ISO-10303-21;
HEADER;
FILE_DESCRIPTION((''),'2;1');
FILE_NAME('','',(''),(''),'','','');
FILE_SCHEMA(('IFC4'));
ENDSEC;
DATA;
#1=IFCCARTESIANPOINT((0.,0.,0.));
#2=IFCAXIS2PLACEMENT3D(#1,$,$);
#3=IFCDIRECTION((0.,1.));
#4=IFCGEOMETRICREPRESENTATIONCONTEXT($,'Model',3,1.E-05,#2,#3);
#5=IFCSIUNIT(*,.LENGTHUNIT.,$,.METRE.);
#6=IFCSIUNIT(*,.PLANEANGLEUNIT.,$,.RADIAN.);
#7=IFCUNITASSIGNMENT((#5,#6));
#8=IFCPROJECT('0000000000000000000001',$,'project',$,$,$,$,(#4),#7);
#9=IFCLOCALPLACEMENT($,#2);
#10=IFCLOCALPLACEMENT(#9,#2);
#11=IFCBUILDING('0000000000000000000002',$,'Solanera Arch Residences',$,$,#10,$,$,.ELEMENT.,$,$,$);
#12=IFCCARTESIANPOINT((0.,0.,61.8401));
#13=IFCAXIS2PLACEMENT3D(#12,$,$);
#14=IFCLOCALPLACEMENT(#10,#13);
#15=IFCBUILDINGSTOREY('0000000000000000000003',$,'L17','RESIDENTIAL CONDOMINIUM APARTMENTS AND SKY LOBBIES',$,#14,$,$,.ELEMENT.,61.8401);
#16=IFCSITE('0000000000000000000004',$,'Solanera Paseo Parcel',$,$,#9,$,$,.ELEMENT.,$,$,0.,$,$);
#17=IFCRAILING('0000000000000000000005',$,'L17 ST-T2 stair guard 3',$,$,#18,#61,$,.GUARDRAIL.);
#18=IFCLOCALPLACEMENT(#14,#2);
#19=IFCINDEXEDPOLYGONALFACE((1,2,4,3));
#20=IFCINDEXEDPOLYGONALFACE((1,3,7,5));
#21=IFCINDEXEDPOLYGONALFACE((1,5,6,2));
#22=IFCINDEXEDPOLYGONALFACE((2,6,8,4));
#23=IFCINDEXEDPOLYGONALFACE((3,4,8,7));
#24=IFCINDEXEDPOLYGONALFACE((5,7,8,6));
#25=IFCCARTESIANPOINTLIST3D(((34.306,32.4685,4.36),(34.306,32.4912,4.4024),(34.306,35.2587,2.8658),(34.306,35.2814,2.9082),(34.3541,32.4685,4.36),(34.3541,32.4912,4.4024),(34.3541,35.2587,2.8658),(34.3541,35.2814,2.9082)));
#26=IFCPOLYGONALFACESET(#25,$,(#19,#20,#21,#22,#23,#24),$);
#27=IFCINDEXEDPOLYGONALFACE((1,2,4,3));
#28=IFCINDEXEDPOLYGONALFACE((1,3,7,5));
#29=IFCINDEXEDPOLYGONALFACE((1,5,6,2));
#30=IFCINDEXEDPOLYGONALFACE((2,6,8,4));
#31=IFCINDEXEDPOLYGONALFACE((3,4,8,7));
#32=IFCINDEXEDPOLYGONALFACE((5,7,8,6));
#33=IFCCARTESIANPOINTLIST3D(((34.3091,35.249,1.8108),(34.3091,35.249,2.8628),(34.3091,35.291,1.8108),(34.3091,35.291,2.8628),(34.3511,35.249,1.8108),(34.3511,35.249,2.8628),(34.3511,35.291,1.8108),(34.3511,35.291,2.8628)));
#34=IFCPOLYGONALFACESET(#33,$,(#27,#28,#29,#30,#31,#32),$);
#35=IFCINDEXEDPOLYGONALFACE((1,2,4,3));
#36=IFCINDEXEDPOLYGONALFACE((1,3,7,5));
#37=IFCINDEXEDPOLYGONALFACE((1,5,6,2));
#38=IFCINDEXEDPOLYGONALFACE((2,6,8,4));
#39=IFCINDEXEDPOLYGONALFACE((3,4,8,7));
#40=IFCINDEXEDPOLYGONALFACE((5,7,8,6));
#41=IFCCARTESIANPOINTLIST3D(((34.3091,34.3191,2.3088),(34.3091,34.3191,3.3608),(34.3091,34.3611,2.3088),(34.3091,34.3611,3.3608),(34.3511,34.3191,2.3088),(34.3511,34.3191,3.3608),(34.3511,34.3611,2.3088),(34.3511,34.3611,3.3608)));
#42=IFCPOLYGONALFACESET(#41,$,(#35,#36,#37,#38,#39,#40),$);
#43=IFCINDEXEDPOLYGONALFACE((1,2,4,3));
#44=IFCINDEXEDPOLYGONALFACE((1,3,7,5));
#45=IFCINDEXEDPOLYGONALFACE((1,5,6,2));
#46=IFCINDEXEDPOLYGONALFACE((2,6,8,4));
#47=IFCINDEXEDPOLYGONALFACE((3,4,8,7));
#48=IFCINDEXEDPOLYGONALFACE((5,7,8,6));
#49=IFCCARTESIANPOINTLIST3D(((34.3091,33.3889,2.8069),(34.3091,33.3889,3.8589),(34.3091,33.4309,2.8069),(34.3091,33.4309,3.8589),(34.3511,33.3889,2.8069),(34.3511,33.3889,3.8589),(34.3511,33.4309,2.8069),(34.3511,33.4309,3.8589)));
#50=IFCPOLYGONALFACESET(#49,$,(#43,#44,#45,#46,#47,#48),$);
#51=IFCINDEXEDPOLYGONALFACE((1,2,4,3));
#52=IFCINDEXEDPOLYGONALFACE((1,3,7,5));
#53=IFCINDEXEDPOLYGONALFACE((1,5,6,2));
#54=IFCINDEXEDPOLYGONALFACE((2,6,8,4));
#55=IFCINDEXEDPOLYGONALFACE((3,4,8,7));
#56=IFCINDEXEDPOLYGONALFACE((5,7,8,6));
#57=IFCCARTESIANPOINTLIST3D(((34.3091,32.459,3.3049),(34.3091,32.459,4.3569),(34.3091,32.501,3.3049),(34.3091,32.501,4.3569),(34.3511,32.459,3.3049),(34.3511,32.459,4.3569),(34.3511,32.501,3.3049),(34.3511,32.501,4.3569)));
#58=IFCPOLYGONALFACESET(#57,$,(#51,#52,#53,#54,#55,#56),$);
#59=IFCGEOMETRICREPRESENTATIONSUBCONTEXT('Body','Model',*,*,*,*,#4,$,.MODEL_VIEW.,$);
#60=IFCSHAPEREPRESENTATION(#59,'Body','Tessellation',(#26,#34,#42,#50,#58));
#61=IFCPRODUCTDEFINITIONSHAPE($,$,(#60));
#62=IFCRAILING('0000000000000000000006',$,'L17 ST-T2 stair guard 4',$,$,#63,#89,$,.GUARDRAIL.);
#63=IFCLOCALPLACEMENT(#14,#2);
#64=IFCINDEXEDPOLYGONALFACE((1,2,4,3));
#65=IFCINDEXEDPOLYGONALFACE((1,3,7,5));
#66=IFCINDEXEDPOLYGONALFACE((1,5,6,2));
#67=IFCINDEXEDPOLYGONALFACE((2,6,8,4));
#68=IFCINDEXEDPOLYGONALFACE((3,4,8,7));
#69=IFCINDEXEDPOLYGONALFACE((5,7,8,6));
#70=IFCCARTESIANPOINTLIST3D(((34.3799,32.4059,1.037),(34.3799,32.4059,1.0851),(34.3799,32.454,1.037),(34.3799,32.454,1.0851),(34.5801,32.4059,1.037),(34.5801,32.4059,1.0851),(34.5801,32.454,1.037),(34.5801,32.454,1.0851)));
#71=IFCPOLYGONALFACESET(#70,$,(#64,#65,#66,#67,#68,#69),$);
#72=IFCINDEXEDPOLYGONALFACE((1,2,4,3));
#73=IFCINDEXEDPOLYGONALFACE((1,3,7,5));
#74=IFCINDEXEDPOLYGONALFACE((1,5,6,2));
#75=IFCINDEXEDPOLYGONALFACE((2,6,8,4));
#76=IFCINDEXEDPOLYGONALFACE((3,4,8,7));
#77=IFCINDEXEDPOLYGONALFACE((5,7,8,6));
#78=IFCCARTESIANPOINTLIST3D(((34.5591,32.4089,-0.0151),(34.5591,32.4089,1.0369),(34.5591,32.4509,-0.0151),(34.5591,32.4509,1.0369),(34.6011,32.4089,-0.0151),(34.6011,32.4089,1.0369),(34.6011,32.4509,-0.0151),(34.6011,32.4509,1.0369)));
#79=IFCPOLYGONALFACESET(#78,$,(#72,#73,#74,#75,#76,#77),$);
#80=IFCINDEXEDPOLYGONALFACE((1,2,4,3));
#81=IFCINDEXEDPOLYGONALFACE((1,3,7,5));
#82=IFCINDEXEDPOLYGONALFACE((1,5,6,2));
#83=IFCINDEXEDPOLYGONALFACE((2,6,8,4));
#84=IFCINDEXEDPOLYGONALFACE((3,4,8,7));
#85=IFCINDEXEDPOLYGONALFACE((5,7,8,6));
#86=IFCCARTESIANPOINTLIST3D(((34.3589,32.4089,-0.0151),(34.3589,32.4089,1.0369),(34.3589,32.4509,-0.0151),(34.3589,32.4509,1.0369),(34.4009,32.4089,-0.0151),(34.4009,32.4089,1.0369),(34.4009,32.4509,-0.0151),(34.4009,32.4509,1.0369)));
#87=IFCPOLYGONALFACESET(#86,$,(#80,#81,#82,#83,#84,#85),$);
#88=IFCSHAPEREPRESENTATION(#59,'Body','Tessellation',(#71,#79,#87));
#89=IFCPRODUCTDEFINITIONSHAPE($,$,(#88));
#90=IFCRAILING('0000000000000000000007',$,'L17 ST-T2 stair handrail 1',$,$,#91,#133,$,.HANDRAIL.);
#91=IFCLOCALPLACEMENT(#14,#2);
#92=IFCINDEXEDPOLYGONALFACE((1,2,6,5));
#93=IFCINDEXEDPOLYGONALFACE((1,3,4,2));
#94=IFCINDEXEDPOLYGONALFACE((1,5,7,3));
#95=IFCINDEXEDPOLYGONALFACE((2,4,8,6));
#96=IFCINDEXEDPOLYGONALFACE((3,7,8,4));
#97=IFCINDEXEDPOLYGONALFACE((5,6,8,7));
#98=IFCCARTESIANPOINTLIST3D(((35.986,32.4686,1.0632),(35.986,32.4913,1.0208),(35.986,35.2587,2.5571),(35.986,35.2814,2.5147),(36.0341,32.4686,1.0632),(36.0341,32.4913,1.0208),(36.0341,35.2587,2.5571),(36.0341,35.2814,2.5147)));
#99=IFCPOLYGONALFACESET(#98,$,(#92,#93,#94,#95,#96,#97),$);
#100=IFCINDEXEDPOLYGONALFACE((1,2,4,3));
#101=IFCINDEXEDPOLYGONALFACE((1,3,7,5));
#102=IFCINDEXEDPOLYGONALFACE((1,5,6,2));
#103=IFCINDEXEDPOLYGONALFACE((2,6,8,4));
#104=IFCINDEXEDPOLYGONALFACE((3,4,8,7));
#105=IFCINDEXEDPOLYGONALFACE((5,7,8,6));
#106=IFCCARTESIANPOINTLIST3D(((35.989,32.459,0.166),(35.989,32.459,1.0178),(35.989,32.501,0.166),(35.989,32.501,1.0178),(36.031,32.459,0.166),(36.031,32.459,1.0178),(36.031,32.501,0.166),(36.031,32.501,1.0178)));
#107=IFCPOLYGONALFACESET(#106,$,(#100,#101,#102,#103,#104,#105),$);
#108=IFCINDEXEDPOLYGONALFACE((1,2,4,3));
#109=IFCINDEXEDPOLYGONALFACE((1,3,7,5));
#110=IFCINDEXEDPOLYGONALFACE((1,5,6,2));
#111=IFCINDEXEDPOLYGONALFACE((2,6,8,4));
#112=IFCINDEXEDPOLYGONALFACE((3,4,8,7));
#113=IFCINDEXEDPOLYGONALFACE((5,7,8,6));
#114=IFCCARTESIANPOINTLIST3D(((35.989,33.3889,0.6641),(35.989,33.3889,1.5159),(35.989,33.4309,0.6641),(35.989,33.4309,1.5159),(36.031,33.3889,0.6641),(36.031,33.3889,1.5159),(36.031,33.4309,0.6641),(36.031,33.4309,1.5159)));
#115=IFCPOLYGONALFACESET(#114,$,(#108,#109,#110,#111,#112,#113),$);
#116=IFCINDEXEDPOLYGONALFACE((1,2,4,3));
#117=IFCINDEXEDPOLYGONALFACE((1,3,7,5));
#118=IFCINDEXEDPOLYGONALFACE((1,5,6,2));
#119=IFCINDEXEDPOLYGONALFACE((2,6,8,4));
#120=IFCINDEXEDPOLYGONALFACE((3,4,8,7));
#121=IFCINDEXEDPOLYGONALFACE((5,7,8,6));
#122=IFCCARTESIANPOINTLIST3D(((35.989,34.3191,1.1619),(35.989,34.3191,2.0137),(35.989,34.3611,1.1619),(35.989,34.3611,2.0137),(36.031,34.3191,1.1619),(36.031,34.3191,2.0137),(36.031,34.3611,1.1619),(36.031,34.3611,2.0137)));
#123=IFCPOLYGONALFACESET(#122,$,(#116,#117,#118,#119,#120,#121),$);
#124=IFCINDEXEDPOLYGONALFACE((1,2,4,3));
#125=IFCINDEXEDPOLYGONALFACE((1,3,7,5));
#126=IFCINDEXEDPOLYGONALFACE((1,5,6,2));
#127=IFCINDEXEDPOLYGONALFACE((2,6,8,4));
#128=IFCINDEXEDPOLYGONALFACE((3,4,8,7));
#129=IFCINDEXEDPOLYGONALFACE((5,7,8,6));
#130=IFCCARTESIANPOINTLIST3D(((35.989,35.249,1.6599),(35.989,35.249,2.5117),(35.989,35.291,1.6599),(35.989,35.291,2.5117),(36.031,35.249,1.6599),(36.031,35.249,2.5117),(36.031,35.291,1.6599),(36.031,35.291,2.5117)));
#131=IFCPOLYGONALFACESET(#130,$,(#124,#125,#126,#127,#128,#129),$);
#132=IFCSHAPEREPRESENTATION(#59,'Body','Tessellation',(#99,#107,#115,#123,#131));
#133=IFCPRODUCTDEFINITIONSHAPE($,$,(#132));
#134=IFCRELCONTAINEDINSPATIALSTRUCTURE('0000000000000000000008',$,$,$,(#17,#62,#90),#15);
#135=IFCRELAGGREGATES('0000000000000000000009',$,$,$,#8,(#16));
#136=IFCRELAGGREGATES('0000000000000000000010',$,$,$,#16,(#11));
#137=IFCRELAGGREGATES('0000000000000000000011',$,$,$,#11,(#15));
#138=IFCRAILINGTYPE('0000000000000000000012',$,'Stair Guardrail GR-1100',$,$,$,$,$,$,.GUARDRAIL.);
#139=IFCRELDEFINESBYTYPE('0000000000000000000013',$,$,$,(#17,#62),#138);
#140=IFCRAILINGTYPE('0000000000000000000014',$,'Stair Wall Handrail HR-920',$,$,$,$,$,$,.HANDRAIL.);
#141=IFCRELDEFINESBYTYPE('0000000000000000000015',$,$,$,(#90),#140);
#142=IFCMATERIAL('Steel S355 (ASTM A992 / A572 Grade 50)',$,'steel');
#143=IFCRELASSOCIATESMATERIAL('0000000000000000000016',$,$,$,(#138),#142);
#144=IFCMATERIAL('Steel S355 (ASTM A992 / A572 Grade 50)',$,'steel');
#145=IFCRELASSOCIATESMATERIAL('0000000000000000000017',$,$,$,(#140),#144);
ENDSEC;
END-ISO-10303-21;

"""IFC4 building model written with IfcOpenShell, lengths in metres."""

from ifc_helpers import new_model, si_unit, direction, frame, origin, origin_2d, place, context, subcontext, project, spatial, rectangle, extrude, material, type_object, element, save


model = new_model("IFC4")

# Units and contexts
model_context = context("Model", 3, precision=1e-05, world=origin(), true_north=direction((0.0, 1.0)))
body_context = subcontext(model_context, "Body", "Model", "MODEL_VIEW")
ifc_project = project(units=[si_unit("LENGTHUNIT", "METRE"), si_unit("PLANEANGLEUNIT", "RADIAN")], contexts=[model_context])

# Site, building, storey
site_placement = place(None, origin())
site = spatial("IfcSite", under=ifc_project, at=site_placement, Name="Solanera Paseo Parcel", CompositionType="ELEMENT", RefElevation=0.0)
building_placement = place(site_placement, origin())
building = spatial("IfcBuilding", under=site, at=building_placement, Name="Solanera Arch Residences", CompositionType="ELEMENT")
storey_placement = place(building_placement, frame((0.0, 0.0, 61.8401)))
storey = spatial("IfcBuildingStorey", under=building, at=storey_placement, Name="L17", Description="RESIDENTIAL CONDOMINIUM APARTMENTS AND SKY LOBBIES", CompositionType="ELEMENT", Elevation=61.8401)

# Railings
ifc_material_1 = material(Name="Steel S355 (ASTM A992 / A572 Grade 50)", Category="steel")
railing_type_1 = type_object("IfcRailingType", Name="Stair Guardrail GR-1100", PredefinedType="GUARDRAIL", material=ifc_material_1)
railing_1_placement = place(storey_placement, frame((34.3301, 35.27, 1.8108)))
element("IfcRailing", 1, at=railing_1_placement, inside=storey, type_object=railing_type_1, Name="L17 ST-T2 stair guard 3", PredefinedType="GUARDRAIL", context=body_context, shape_type="SweptSolid", body=[
    extrude(rectangle(XDim=0.0481, YDim=0.0481, at=origin_2d()), frame((0.0, 0.0, 1.0762), z_axis=(0.0, -0.881549, 0.472093), x_axis=(1.0, 0.0, 0.0)), (0.0, 0.0, 1.0), 3.165),
    extrude(rectangle(XDim=0.042, YDim=0.042, at=origin_2d()), origin(), (0.0, 0.0, 1.0), 1.052),
    extrude(rectangle(XDim=0.042, YDim=0.042, at=origin_2d()), frame((0.0, -0.9299, 0.498)), (0.0, 0.0, 1.0), 1.052),
    extrude(rectangle(XDim=0.042, YDim=0.042, at=origin_2d()), frame((0.0, -1.8601, 0.9961)), (0.0, 0.0, 1.0), 1.052),
    extrude(rectangle(XDim=0.042, YDim=0.042, at=origin_2d()), frame((0.0, -2.79, 1.4941)), (0.0, 0.0, 1.0), 1.052),
])
railing_2_placement = place(storey_placement, frame((34.5801, 32.4299, -0.0151)))
element("IfcRailing", 2, at=railing_2_placement, inside=storey, type_object=railing_type_1, Name="L17 ST-T2 stair guard 4", PredefinedType="GUARDRAIL", context=body_context, shape_type="SweptSolid", body=[
    extrude(rectangle(XDim=0.0481, YDim=0.0481, at=origin_2d()), frame((0.0, 0.0, 1.0762), z_axis=(-1.0, 0.0, 0.0), x_axis=(0.0, -1.0, 0.0)), (0.0, 0.0, 1.0), 0.2002),
    extrude(rectangle(XDim=0.042, YDim=0.042, at=origin_2d()), origin(), (0.0, 0.0, 1.0), 1.052),
    extrude(rectangle(XDim=0.042, YDim=0.042, at=origin_2d()), frame((-0.2002, 0.0, 0.0)), (0.0, 0.0, 1.0), 1.052),
])
ifc_material_2 = material(Name="Steel S355 (ASTM A992 / A572 Grade 50)", Category="steel")
railing_type_2 = type_object("IfcRailingType", Name="Stair Wall Handrail HR-920", PredefinedType="HANDRAIL", material=ifc_material_2)
railing_3_placement = place(storey_placement, frame((36.01, 32.48, 0.166)))
element("IfcRailing", 3, at=railing_3_placement, inside=storey, type_object=railing_type_2, Name="L17 ST-T2 stair handrail 1", PredefinedType="HANDRAIL", context=body_context, shape_type="SweptSolid", body=[
    extrude(rectangle(XDim=0.0481, YDim=0.0481, at=origin_2d()), frame((0.0, 0.0, 0.876), z_axis=(0.0, 0.881581, 0.472033), x_axis=(-1.0, 0.0, 0.0)), (0.0, 0.0, 1.0), 3.1648),
    extrude(rectangle(XDim=0.042, YDim=0.042, at=origin_2d()), origin(), (0.0, 0.0, 1.0), 0.8518),
    extrude(rectangle(XDim=0.042, YDim=0.042, at=origin_2d()), frame((0.0, 0.9299, 0.498)), (0.0, 0.0, 1.0), 0.8518),
    extrude(rectangle(XDim=0.042, YDim=0.042, at=origin_2d()), frame((0.0, 1.8601, 0.9958)), (0.0, 0.0, 1.0), 0.8518),
    extrude(rectangle(XDim=0.042, YDim=0.042, at=origin_2d()), frame((0.0, 2.79, 1.4939)), (0.0, 0.0, 1.0), 0.8518),
])

save(model, "model.ifc")
